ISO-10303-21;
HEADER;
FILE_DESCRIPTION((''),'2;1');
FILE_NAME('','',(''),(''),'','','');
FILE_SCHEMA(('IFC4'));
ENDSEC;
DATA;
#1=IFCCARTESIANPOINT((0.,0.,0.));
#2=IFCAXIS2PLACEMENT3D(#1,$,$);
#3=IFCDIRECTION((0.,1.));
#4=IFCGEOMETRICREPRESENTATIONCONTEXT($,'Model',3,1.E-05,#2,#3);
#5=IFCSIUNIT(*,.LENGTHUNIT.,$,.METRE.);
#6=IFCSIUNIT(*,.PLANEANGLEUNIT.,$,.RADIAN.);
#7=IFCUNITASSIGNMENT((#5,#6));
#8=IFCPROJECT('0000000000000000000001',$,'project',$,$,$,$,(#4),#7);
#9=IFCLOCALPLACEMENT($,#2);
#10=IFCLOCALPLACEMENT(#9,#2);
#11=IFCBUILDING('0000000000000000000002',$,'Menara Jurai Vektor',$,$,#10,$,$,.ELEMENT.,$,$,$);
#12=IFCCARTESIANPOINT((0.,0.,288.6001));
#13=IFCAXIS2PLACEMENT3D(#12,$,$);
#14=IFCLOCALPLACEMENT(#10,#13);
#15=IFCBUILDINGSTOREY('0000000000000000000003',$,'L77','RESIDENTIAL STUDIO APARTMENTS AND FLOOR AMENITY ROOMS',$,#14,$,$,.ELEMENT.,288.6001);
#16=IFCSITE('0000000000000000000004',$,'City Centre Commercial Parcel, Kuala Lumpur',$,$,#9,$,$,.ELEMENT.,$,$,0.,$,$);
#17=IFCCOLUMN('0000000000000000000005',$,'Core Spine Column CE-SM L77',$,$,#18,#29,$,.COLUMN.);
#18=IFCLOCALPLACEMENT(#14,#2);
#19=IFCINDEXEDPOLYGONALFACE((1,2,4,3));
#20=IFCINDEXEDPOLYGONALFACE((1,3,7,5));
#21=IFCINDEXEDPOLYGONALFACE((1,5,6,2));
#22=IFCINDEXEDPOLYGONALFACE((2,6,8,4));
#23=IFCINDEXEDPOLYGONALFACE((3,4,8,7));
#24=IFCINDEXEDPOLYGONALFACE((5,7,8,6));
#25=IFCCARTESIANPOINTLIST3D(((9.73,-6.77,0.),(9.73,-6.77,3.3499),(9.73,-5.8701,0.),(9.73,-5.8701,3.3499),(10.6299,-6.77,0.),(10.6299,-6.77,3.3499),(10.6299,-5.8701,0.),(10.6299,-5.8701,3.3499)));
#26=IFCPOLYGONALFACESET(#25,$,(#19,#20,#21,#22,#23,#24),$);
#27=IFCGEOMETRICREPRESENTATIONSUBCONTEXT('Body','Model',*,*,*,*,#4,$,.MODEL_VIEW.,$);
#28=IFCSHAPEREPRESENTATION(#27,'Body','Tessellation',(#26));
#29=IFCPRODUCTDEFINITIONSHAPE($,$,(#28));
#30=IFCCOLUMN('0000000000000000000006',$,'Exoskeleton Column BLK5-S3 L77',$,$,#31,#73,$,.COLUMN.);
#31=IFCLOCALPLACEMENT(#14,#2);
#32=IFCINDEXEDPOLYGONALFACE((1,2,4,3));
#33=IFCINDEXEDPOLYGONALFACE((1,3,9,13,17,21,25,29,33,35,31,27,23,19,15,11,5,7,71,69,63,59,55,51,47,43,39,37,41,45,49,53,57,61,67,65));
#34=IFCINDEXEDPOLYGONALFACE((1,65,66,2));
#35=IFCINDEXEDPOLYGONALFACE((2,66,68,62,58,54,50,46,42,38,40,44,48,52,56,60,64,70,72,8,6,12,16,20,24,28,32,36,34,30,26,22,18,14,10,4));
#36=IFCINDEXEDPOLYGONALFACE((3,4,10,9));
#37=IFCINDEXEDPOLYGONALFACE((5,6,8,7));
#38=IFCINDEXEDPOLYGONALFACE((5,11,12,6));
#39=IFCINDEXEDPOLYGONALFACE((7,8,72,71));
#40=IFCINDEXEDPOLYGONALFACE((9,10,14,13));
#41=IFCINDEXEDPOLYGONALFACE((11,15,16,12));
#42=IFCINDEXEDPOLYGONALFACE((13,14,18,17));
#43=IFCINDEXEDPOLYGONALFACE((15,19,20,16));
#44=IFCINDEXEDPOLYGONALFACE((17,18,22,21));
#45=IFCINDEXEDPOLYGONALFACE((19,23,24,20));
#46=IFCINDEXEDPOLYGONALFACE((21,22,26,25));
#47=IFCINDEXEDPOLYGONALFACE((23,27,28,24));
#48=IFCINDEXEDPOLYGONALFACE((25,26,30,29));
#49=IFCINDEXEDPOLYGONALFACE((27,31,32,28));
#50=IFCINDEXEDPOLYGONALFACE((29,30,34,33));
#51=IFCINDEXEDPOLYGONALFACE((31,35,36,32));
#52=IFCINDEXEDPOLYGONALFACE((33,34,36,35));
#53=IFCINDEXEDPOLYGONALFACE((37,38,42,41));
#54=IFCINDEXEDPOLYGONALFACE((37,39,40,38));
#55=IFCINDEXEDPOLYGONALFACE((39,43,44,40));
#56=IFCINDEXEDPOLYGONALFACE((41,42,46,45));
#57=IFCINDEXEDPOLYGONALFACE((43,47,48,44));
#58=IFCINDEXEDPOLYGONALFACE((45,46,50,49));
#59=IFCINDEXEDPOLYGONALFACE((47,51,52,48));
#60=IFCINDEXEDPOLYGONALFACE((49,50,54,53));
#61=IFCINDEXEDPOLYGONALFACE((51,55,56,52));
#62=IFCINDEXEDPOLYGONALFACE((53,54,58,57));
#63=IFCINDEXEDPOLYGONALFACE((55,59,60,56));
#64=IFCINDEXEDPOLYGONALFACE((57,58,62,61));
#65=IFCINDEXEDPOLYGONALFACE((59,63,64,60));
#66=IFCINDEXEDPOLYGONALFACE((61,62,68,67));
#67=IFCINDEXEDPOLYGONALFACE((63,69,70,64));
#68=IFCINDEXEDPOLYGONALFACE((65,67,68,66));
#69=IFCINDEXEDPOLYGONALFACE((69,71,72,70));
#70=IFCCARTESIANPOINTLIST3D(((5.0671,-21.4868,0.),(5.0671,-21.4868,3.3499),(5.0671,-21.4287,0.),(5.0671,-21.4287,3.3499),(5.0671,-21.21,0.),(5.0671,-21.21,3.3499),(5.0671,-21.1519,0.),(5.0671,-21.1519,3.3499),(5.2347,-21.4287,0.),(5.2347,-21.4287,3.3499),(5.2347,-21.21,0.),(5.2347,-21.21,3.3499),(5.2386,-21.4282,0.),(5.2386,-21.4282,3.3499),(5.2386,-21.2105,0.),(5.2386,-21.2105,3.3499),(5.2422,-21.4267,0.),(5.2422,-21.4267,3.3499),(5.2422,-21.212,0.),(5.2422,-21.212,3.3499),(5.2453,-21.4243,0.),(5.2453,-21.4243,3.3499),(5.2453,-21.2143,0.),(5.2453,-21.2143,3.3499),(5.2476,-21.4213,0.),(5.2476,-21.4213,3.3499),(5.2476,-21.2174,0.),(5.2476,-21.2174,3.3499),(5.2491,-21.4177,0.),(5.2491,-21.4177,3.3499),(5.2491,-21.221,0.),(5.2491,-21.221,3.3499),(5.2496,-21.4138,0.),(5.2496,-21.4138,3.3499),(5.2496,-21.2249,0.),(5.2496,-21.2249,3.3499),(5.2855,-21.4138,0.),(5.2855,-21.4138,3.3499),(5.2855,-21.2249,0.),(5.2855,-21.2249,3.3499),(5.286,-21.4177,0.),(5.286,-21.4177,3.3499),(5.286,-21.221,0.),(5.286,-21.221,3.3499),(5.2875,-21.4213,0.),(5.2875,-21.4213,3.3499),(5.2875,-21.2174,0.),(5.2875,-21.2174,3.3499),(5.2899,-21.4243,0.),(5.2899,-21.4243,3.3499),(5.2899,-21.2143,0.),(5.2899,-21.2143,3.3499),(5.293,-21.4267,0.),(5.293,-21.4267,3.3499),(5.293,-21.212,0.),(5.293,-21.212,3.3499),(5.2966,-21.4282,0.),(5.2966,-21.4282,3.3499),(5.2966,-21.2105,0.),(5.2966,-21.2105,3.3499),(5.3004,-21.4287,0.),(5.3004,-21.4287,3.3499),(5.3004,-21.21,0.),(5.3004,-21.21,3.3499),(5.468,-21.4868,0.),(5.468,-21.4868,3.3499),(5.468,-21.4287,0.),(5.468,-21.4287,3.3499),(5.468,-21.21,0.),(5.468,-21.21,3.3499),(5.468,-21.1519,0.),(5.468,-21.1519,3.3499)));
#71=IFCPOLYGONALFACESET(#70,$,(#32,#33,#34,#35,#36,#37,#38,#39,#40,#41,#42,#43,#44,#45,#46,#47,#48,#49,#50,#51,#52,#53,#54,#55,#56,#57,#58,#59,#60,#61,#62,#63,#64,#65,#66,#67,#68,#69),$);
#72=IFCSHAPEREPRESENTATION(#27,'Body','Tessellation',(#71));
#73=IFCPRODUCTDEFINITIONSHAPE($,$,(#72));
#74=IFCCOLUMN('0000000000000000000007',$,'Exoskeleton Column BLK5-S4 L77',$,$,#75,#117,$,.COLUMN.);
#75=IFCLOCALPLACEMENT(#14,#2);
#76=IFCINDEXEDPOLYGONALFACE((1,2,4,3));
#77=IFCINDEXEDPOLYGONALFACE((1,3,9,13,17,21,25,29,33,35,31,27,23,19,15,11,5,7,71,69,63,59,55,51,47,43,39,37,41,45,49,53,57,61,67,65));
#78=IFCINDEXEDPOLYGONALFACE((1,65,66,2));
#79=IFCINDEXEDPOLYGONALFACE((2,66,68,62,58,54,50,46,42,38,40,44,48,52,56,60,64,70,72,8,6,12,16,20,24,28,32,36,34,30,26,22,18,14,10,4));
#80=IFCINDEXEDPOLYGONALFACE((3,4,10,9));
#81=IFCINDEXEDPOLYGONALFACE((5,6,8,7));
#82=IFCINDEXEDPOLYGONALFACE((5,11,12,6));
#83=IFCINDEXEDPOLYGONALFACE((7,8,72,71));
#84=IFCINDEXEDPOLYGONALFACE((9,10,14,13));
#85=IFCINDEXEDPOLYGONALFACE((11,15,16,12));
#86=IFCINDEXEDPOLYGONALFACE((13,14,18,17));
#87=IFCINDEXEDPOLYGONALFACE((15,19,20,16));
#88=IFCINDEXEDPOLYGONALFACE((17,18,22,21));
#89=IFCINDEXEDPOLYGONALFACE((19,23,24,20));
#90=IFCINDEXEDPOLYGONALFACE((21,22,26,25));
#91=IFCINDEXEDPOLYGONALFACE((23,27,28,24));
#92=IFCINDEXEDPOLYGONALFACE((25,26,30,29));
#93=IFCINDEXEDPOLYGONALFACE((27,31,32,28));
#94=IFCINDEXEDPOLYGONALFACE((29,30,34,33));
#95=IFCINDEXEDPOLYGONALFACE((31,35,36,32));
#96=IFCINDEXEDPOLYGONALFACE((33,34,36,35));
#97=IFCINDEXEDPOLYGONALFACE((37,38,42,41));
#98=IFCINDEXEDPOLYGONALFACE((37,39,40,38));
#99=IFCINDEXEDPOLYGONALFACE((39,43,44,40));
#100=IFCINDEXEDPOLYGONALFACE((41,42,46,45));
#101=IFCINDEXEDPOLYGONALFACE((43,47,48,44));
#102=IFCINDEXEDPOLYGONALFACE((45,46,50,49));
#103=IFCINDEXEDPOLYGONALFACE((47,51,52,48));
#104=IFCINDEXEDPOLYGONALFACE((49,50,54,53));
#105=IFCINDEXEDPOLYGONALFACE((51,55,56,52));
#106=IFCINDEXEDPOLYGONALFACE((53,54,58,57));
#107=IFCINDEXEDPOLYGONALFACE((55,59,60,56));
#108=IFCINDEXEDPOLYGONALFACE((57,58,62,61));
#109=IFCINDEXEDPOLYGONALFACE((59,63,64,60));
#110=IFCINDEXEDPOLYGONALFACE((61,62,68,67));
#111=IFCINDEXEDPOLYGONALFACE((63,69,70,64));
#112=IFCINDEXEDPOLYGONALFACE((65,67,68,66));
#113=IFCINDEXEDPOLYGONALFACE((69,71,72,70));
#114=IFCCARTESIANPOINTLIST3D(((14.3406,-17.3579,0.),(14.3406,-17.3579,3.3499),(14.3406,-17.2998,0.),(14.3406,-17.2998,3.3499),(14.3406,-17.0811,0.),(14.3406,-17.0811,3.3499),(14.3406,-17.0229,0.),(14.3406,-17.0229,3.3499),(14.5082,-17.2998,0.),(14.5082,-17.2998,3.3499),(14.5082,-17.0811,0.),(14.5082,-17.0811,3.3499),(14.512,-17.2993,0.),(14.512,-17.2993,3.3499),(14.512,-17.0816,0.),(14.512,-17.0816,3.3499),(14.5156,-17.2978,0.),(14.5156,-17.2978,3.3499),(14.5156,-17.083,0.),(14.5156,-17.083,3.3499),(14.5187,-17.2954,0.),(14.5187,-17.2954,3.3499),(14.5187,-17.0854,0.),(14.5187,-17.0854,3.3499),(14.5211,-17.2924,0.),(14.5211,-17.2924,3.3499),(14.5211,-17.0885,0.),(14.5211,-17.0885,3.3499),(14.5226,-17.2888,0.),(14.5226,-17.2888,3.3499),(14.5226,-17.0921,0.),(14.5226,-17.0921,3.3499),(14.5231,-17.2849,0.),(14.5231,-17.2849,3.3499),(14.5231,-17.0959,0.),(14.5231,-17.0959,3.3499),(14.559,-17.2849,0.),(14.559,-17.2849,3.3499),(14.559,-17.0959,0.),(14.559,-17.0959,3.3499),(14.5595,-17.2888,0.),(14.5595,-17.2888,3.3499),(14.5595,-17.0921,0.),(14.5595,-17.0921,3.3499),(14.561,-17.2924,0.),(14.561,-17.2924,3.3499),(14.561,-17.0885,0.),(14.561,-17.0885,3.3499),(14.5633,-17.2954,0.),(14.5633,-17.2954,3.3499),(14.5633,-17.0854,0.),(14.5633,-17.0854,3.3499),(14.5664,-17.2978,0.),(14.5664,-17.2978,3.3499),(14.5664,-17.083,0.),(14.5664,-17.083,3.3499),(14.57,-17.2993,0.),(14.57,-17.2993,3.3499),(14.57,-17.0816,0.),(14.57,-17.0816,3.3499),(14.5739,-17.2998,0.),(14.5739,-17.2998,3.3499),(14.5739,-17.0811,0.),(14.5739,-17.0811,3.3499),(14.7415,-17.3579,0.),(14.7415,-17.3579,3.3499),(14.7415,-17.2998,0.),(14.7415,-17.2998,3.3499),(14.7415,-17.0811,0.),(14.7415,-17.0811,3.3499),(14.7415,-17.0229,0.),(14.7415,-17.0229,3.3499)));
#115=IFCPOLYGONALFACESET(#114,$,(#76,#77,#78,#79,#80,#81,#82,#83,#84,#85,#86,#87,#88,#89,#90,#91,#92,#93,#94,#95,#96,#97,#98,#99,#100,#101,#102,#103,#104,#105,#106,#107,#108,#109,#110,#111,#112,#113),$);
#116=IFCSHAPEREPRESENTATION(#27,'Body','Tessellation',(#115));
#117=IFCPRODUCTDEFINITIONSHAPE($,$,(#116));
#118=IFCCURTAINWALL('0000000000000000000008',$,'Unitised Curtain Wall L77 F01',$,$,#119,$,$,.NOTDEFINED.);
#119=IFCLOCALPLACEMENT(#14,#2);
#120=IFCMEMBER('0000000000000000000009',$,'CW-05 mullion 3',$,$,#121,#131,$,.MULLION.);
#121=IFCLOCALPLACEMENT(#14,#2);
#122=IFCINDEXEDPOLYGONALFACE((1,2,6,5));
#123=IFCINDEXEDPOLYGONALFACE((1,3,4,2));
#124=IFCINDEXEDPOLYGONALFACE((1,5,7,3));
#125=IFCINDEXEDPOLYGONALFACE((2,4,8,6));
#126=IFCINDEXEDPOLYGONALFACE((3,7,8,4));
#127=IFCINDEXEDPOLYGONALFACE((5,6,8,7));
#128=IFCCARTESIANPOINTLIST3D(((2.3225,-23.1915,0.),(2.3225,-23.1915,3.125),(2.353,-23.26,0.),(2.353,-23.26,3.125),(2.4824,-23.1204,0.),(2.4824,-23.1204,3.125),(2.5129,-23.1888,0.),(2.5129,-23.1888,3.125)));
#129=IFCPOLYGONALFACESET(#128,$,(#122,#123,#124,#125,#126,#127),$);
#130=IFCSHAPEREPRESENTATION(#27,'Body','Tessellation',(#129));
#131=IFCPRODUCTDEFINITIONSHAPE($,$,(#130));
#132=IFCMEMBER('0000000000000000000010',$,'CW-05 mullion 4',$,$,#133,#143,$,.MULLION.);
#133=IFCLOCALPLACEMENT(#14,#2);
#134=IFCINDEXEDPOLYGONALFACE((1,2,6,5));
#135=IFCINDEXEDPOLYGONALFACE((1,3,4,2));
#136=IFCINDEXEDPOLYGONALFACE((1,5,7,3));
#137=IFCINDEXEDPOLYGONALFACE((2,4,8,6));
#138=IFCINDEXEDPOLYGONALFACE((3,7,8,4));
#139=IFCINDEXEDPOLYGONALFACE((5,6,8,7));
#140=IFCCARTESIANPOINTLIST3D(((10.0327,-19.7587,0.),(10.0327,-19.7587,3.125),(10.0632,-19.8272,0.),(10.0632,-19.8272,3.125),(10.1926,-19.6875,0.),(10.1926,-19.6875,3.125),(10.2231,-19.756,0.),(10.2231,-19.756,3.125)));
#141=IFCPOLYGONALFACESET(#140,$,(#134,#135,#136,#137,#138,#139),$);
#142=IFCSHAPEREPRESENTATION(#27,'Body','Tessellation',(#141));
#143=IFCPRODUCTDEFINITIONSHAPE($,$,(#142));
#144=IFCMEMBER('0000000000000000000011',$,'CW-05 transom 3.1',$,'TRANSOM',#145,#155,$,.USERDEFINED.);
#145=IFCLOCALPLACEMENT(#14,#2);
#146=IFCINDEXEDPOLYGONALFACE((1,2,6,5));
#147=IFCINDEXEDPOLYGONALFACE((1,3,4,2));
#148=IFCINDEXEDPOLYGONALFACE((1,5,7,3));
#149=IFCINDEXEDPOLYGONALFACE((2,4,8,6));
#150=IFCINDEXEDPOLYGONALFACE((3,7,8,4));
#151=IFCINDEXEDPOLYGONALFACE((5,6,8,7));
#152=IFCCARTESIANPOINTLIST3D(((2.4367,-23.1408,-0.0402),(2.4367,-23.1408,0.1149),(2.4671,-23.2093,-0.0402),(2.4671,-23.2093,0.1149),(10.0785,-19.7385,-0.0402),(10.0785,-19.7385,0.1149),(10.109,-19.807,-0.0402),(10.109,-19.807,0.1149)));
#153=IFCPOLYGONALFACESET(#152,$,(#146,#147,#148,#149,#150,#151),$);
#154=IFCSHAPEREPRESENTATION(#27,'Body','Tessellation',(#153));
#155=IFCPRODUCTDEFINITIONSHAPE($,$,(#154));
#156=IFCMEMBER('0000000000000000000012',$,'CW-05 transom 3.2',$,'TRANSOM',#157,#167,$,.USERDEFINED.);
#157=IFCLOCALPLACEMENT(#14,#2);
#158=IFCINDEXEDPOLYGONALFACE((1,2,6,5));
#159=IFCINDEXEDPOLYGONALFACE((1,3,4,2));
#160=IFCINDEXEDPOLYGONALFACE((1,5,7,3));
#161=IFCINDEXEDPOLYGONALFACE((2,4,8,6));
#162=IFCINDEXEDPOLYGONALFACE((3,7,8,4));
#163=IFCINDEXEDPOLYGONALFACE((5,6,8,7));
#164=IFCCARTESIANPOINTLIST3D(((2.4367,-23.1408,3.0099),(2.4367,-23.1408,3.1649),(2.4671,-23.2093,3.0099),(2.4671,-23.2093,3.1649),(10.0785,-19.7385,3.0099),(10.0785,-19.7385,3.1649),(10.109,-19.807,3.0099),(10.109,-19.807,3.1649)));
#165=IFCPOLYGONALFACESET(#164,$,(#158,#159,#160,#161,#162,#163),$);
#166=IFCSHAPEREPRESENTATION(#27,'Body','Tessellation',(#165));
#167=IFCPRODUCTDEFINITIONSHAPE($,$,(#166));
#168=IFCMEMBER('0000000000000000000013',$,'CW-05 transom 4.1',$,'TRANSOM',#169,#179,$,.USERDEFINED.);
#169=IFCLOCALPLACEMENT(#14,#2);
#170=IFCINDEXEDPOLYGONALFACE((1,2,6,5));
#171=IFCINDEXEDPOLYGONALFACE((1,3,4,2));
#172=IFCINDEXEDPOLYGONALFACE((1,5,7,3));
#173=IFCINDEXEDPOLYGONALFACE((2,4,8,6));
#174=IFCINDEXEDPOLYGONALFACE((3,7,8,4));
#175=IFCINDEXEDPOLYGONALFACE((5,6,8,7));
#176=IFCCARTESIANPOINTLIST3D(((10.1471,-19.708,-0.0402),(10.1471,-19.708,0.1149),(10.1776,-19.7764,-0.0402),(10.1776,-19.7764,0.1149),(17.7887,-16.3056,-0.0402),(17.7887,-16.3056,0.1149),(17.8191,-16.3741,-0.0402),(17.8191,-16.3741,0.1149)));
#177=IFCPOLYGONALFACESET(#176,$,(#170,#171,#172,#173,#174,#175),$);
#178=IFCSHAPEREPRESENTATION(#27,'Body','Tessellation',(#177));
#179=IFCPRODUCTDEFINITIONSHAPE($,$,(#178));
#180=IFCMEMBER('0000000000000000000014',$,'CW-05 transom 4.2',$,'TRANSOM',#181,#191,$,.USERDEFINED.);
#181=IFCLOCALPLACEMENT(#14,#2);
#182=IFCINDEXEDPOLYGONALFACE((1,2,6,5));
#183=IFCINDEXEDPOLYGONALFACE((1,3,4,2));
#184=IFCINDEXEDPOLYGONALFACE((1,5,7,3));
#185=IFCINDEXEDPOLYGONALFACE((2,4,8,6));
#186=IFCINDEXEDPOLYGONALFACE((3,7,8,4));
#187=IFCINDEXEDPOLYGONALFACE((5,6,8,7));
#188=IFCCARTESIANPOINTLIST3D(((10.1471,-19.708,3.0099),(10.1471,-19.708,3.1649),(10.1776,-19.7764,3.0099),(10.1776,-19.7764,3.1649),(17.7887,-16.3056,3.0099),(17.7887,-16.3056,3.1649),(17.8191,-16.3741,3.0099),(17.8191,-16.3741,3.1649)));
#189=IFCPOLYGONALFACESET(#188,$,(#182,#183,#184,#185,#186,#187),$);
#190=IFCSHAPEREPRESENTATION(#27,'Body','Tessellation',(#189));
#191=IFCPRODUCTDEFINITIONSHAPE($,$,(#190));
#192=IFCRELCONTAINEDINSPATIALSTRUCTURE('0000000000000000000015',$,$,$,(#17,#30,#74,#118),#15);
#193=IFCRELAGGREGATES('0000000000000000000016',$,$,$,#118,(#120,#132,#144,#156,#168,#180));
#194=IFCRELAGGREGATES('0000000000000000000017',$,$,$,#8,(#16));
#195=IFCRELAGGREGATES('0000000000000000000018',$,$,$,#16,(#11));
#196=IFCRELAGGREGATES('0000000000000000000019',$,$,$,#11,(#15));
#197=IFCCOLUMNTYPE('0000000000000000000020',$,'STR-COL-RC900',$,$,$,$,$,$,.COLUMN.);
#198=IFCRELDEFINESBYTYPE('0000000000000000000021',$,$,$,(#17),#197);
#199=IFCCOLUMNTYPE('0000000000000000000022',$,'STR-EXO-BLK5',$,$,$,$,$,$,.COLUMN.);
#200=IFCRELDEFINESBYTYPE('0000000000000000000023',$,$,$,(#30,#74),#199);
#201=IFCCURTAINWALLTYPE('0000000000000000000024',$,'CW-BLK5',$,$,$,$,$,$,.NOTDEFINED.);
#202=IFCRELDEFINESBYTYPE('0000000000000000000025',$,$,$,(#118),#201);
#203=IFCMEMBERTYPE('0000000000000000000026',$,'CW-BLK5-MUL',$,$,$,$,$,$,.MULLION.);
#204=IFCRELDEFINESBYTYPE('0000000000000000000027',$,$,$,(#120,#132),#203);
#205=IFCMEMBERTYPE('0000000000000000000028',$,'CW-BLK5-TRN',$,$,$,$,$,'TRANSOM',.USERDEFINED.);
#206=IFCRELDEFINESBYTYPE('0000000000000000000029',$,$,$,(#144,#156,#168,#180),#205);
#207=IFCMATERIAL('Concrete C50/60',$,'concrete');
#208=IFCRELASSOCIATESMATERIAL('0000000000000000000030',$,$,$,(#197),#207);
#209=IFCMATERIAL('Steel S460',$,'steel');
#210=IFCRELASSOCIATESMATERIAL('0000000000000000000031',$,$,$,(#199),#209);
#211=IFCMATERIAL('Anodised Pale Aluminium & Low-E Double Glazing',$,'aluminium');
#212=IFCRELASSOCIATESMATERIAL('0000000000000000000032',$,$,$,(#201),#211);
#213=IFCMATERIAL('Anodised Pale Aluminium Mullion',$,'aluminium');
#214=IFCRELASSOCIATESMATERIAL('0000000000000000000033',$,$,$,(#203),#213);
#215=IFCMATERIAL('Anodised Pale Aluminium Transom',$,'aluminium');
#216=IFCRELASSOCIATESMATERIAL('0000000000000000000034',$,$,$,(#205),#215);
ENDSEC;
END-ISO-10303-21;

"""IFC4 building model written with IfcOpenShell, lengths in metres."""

from ifc_helpers import new_model, si_unit, direction, frame, origin, origin_2d, place, context, subcontext, project, spatial, rectangle, i_section, extrude, material, material_profile, profile_set, type_object, element, aggregate, save


model = new_model("IFC4")

# Units and contexts
model_context = context("Model", 3, precision=1e-05, world=origin(), true_north=direction((0.0, 1.0)))
body_context = subcontext(model_context, "Body", "Model", "MODEL_VIEW")
ifc_project = project(units=[si_unit("LENGTHUNIT", "METRE"), si_unit("PLANEANGLEUNIT", "RADIAN")], contexts=[model_context])

# Site, building, storey
site_placement = place(None, origin())
site = spatial("IfcSite", under=ifc_project, at=site_placement, Name="City Centre Commercial Parcel, Kuala Lumpur", CompositionType="ELEMENT", RefElevation=0.0)
building_placement = place(site_placement, origin())
building = spatial("IfcBuilding", under=site, at=building_placement, Name="Menara Jurai Vektor", CompositionType="ELEMENT")
storey_placement = place(building_placement, frame((0.0, 0.0, 288.6001)))
storey = spatial("IfcBuildingStorey", under=building, at=storey_placement, Name="L77", Description="RESIDENTIAL STUDIO APARTMENTS AND FLOOR AMENITY ROOMS", CompositionType="ELEMENT", Elevation=288.6001)

# Columns
ifc_material_1 = material(Name="Concrete C50/60", Category="concrete")
ifc_material_profile_1 = material_profile(ifc_material_1, rectangle(XDim=0.8999, YDim=0.8999, at=origin_2d()), Name="RC 900x900")
ifc_profile_set_1 = profile_set([ifc_material_profile_1], Name="Concrete C50/60")
column_type_1 = type_object("IfcColumnType", Name="STR-COL-RC900", PredefinedType="COLUMN", material=ifc_profile_set_1)
column_placement = place(storey_placement, frame((10.1799, -6.3201, 0.0), z_axis=(0.0, 0.0, 1.0), x_axis=(1.0, 0.0, 0.0)))
element("IfcColumn", 1, at=column_placement, inside=storey, type_object=column_type_1, Name="Core Spine Column CE-SM L77", PredefinedType="COLUMN", context=body_context, shape_type="SweptSolid", body=[
    extrude(rectangle(XDim=0.8999, YDim=0.8999, at=origin_2d()), origin(), (0.0, 0.0, 1.0), 3.3499),
])
ifc_material_2 = material(Name="Steel S460", Category="steel")
ifc_material_profile_2 = material_profile(ifc_material_2, i_section(OverallWidth=0.4009, OverallDepth=0.335, WebThickness=0.0359, FlangeThickness=0.0581, FilletRadius=0.0149, at=origin_2d()), Name="HD 400x463")
ifc_profile_set_2 = profile_set([ifc_material_profile_2], Name="Steel S460")
column_type_2 = type_object("IfcColumnType", Name="STR-EXO-BLK5", PredefinedType="COLUMN", material=ifc_profile_set_2)
for number, where, z_axis, x_axis, name in (
    (2, (5.2676, -21.3193, 0.0), (0.0, 0.0, 1.0), (1.0, 0.0, 0.0), "Exoskeleton Column BLK5-S3 L77"),
    (3, (14.541, -17.1904, 0.0), (0.0, 0.0, 1.0), (1.0, 0.0, 0.0), "Exoskeleton Column BLK5-S4 L77"),
):
    element("IfcColumn", number, at=place(storey_placement, frame(where, z_axis=z_axis, x_axis=x_axis)), inside=storey, type_object=column_type_2, Name=name, PredefinedType="COLUMN", context=body_context, shape_type="SweptSolid", body=[
        extrude(i_section(OverallWidth=0.4009, OverallDepth=0.335, WebThickness=0.0359, FlangeThickness=0.0581, FilletRadius=0.0149, at=origin_2d()), origin(), (0.0, 0.0, 1.0), 3.3499),
    ])

# Curtain wall, members
ifc_material_3 = material(Name="Anodised Pale Aluminium & Low-E Double Glazing", Category="aluminium")
curtain_wall_type = type_object("IfcCurtainWallType", Name="CW-BLK5", PredefinedType="NOTDEFINED", material=ifc_material_3)
curtain_wall_placement = place(storey_placement, origin())
curtain_wall = element("IfcCurtainWall", 4, at=curtain_wall_placement, inside=storey, type_object=curtain_wall_type, Name="Unitised Curtain Wall L77 F01", PredefinedType="NOTDEFINED")
ifc_material_4 = material(Name="Anodised Pale Aluminium Mullion", Category="aluminium")
ifc_material_profile_3 = material_profile(ifc_material_4, rectangle(XDim=0.075, YDim=0.175, at=origin_2d()), Name="ALU MUL 75x175")
ifc_profile_set_3 = profile_set([ifc_material_profile_3], Name="Anodised Pale Aluminium Mullion")
member_type_1 = type_object("IfcMemberType", Name="CW-BLK5-MUL", PredefinedType="MULLION", material=ifc_profile_set_3)
member_1_placement = place(storey_placement, frame((2.4177, -23.1902, 0.0), z_axis=(0.0, 0.0, 1.0), x_axis=(-0.406735, 0.913546, 0.0)))
member_1 = element("IfcMember", 5, at=member_1_placement, type_object=member_type_1, Name="CW-05 mullion 3", PredefinedType="MULLION", context=body_context, shape_type="SweptSolid", body=[
    extrude(rectangle(XDim=0.075, YDim=0.175, at=origin_2d()), origin(), (0.0, 0.0, 1.0), 3.125),
])
member_2_placement = place(storey_placement, frame((10.1279, -19.7573, 0.0), z_axis=(0.0, 0.0, 1.0), x_axis=(-0.406735, 0.913546, 0.0)))
member_2 = element("IfcMember", 6, at=member_2_placement, type_object=member_type_1, Name="CW-05 mullion 4", PredefinedType="MULLION", context=body_context, shape_type="SweptSolid", body=[
    extrude(rectangle(XDim=0.075, YDim=0.175, at=origin_2d()), origin(), (0.0, 0.0, 1.0), 3.125),
])
ifc_material_5 = material(Name="Anodised Pale Aluminium Transom", Category="aluminium")
ifc_material_profile_4 = material_profile(ifc_material_5, rectangle(XDim=0.075, YDim=0.155, at=origin_2d()), Name="ALU TRN 75x155")
ifc_profile_set_4 = profile_set([ifc_material_profile_4], Name="Anodised Pale Aluminium Transom")
member_type_2 = type_object("IfcMemberType", Name="CW-BLK5-TRN", ElementType="TRANSOM", PredefinedType="USERDEFINED", material=ifc_profile_set_4)
member_3_placement = place(storey_placement, frame((2.4519, -23.175, 0.0374), z_axis=(0.913547, 0.406734, 0.0), x_axis=(-0.406734, 0.913547, 0.0)))
member_3 = element("IfcMember", 7, at=member_3_placement, type_object=member_type_2, Name="CW-05 transom 3.1", ObjectType="TRANSOM", PredefinedType="USERDEFINED", context=body_context, shape_type="SweptSolid", body=[
    extrude(rectangle(XDim=0.075, YDim=0.155, at=origin_2d()), origin(), (0.0, 0.0, 1.0), 8.365),
])
member_4_placement = place(storey_placement, frame((2.4519, -23.175, 3.0874), z_axis=(0.913547, 0.406734, 0.0), x_axis=(-0.406734, 0.913547, 0.0)))
member_4 = element("IfcMember", 8, at=member_4_placement, type_object=member_type_2, Name="CW-05 transom 3.2", ObjectType="TRANSOM", PredefinedType="USERDEFINED", context=body_context, shape_type="SweptSolid", body=[
    extrude(rectangle(XDim=0.075, YDim=0.155, at=origin_2d()), origin(), (0.0, 0.0, 1.0), 8.365),
])
member_5_placement = place(storey_placement, frame((10.1624, -19.7422, 0.0374), z_axis=(0.913542, 0.406745, 0.0), x_axis=(-0.406745, 0.913542, 0.0)))
member_5 = element("IfcMember", 9, at=member_5_placement, type_object=member_type_2, Name="CW-05 transom 4.1", ObjectType="TRANSOM", PredefinedType="USERDEFINED", context=body_context, shape_type="SweptSolid", body=[
    extrude(rectangle(XDim=0.075, YDim=0.155, at=origin_2d()), origin(), (0.0, 0.0, 1.0), 8.3647),
])
member_6_placement = place(storey_placement, frame((10.1624, -19.7422, 3.0874), z_axis=(0.913542, 0.406745, 0.0), x_axis=(-0.406745, 0.913542, 0.0)))
member_6 = element("IfcMember", 10, at=member_6_placement, type_object=member_type_2, Name="CW-05 transom 4.2", ObjectType="TRANSOM", PredefinedType="USERDEFINED", context=body_context, shape_type="SweptSolid", body=[
    extrude(rectangle(XDim=0.075, YDim=0.155, at=origin_2d()), origin(), (0.0, 0.0, 1.0), 8.3647),
])

aggregate(curtain_wall, [member_1, member_2, member_3, member_4, member_5, member_6])

save(model, "model.ifc")
